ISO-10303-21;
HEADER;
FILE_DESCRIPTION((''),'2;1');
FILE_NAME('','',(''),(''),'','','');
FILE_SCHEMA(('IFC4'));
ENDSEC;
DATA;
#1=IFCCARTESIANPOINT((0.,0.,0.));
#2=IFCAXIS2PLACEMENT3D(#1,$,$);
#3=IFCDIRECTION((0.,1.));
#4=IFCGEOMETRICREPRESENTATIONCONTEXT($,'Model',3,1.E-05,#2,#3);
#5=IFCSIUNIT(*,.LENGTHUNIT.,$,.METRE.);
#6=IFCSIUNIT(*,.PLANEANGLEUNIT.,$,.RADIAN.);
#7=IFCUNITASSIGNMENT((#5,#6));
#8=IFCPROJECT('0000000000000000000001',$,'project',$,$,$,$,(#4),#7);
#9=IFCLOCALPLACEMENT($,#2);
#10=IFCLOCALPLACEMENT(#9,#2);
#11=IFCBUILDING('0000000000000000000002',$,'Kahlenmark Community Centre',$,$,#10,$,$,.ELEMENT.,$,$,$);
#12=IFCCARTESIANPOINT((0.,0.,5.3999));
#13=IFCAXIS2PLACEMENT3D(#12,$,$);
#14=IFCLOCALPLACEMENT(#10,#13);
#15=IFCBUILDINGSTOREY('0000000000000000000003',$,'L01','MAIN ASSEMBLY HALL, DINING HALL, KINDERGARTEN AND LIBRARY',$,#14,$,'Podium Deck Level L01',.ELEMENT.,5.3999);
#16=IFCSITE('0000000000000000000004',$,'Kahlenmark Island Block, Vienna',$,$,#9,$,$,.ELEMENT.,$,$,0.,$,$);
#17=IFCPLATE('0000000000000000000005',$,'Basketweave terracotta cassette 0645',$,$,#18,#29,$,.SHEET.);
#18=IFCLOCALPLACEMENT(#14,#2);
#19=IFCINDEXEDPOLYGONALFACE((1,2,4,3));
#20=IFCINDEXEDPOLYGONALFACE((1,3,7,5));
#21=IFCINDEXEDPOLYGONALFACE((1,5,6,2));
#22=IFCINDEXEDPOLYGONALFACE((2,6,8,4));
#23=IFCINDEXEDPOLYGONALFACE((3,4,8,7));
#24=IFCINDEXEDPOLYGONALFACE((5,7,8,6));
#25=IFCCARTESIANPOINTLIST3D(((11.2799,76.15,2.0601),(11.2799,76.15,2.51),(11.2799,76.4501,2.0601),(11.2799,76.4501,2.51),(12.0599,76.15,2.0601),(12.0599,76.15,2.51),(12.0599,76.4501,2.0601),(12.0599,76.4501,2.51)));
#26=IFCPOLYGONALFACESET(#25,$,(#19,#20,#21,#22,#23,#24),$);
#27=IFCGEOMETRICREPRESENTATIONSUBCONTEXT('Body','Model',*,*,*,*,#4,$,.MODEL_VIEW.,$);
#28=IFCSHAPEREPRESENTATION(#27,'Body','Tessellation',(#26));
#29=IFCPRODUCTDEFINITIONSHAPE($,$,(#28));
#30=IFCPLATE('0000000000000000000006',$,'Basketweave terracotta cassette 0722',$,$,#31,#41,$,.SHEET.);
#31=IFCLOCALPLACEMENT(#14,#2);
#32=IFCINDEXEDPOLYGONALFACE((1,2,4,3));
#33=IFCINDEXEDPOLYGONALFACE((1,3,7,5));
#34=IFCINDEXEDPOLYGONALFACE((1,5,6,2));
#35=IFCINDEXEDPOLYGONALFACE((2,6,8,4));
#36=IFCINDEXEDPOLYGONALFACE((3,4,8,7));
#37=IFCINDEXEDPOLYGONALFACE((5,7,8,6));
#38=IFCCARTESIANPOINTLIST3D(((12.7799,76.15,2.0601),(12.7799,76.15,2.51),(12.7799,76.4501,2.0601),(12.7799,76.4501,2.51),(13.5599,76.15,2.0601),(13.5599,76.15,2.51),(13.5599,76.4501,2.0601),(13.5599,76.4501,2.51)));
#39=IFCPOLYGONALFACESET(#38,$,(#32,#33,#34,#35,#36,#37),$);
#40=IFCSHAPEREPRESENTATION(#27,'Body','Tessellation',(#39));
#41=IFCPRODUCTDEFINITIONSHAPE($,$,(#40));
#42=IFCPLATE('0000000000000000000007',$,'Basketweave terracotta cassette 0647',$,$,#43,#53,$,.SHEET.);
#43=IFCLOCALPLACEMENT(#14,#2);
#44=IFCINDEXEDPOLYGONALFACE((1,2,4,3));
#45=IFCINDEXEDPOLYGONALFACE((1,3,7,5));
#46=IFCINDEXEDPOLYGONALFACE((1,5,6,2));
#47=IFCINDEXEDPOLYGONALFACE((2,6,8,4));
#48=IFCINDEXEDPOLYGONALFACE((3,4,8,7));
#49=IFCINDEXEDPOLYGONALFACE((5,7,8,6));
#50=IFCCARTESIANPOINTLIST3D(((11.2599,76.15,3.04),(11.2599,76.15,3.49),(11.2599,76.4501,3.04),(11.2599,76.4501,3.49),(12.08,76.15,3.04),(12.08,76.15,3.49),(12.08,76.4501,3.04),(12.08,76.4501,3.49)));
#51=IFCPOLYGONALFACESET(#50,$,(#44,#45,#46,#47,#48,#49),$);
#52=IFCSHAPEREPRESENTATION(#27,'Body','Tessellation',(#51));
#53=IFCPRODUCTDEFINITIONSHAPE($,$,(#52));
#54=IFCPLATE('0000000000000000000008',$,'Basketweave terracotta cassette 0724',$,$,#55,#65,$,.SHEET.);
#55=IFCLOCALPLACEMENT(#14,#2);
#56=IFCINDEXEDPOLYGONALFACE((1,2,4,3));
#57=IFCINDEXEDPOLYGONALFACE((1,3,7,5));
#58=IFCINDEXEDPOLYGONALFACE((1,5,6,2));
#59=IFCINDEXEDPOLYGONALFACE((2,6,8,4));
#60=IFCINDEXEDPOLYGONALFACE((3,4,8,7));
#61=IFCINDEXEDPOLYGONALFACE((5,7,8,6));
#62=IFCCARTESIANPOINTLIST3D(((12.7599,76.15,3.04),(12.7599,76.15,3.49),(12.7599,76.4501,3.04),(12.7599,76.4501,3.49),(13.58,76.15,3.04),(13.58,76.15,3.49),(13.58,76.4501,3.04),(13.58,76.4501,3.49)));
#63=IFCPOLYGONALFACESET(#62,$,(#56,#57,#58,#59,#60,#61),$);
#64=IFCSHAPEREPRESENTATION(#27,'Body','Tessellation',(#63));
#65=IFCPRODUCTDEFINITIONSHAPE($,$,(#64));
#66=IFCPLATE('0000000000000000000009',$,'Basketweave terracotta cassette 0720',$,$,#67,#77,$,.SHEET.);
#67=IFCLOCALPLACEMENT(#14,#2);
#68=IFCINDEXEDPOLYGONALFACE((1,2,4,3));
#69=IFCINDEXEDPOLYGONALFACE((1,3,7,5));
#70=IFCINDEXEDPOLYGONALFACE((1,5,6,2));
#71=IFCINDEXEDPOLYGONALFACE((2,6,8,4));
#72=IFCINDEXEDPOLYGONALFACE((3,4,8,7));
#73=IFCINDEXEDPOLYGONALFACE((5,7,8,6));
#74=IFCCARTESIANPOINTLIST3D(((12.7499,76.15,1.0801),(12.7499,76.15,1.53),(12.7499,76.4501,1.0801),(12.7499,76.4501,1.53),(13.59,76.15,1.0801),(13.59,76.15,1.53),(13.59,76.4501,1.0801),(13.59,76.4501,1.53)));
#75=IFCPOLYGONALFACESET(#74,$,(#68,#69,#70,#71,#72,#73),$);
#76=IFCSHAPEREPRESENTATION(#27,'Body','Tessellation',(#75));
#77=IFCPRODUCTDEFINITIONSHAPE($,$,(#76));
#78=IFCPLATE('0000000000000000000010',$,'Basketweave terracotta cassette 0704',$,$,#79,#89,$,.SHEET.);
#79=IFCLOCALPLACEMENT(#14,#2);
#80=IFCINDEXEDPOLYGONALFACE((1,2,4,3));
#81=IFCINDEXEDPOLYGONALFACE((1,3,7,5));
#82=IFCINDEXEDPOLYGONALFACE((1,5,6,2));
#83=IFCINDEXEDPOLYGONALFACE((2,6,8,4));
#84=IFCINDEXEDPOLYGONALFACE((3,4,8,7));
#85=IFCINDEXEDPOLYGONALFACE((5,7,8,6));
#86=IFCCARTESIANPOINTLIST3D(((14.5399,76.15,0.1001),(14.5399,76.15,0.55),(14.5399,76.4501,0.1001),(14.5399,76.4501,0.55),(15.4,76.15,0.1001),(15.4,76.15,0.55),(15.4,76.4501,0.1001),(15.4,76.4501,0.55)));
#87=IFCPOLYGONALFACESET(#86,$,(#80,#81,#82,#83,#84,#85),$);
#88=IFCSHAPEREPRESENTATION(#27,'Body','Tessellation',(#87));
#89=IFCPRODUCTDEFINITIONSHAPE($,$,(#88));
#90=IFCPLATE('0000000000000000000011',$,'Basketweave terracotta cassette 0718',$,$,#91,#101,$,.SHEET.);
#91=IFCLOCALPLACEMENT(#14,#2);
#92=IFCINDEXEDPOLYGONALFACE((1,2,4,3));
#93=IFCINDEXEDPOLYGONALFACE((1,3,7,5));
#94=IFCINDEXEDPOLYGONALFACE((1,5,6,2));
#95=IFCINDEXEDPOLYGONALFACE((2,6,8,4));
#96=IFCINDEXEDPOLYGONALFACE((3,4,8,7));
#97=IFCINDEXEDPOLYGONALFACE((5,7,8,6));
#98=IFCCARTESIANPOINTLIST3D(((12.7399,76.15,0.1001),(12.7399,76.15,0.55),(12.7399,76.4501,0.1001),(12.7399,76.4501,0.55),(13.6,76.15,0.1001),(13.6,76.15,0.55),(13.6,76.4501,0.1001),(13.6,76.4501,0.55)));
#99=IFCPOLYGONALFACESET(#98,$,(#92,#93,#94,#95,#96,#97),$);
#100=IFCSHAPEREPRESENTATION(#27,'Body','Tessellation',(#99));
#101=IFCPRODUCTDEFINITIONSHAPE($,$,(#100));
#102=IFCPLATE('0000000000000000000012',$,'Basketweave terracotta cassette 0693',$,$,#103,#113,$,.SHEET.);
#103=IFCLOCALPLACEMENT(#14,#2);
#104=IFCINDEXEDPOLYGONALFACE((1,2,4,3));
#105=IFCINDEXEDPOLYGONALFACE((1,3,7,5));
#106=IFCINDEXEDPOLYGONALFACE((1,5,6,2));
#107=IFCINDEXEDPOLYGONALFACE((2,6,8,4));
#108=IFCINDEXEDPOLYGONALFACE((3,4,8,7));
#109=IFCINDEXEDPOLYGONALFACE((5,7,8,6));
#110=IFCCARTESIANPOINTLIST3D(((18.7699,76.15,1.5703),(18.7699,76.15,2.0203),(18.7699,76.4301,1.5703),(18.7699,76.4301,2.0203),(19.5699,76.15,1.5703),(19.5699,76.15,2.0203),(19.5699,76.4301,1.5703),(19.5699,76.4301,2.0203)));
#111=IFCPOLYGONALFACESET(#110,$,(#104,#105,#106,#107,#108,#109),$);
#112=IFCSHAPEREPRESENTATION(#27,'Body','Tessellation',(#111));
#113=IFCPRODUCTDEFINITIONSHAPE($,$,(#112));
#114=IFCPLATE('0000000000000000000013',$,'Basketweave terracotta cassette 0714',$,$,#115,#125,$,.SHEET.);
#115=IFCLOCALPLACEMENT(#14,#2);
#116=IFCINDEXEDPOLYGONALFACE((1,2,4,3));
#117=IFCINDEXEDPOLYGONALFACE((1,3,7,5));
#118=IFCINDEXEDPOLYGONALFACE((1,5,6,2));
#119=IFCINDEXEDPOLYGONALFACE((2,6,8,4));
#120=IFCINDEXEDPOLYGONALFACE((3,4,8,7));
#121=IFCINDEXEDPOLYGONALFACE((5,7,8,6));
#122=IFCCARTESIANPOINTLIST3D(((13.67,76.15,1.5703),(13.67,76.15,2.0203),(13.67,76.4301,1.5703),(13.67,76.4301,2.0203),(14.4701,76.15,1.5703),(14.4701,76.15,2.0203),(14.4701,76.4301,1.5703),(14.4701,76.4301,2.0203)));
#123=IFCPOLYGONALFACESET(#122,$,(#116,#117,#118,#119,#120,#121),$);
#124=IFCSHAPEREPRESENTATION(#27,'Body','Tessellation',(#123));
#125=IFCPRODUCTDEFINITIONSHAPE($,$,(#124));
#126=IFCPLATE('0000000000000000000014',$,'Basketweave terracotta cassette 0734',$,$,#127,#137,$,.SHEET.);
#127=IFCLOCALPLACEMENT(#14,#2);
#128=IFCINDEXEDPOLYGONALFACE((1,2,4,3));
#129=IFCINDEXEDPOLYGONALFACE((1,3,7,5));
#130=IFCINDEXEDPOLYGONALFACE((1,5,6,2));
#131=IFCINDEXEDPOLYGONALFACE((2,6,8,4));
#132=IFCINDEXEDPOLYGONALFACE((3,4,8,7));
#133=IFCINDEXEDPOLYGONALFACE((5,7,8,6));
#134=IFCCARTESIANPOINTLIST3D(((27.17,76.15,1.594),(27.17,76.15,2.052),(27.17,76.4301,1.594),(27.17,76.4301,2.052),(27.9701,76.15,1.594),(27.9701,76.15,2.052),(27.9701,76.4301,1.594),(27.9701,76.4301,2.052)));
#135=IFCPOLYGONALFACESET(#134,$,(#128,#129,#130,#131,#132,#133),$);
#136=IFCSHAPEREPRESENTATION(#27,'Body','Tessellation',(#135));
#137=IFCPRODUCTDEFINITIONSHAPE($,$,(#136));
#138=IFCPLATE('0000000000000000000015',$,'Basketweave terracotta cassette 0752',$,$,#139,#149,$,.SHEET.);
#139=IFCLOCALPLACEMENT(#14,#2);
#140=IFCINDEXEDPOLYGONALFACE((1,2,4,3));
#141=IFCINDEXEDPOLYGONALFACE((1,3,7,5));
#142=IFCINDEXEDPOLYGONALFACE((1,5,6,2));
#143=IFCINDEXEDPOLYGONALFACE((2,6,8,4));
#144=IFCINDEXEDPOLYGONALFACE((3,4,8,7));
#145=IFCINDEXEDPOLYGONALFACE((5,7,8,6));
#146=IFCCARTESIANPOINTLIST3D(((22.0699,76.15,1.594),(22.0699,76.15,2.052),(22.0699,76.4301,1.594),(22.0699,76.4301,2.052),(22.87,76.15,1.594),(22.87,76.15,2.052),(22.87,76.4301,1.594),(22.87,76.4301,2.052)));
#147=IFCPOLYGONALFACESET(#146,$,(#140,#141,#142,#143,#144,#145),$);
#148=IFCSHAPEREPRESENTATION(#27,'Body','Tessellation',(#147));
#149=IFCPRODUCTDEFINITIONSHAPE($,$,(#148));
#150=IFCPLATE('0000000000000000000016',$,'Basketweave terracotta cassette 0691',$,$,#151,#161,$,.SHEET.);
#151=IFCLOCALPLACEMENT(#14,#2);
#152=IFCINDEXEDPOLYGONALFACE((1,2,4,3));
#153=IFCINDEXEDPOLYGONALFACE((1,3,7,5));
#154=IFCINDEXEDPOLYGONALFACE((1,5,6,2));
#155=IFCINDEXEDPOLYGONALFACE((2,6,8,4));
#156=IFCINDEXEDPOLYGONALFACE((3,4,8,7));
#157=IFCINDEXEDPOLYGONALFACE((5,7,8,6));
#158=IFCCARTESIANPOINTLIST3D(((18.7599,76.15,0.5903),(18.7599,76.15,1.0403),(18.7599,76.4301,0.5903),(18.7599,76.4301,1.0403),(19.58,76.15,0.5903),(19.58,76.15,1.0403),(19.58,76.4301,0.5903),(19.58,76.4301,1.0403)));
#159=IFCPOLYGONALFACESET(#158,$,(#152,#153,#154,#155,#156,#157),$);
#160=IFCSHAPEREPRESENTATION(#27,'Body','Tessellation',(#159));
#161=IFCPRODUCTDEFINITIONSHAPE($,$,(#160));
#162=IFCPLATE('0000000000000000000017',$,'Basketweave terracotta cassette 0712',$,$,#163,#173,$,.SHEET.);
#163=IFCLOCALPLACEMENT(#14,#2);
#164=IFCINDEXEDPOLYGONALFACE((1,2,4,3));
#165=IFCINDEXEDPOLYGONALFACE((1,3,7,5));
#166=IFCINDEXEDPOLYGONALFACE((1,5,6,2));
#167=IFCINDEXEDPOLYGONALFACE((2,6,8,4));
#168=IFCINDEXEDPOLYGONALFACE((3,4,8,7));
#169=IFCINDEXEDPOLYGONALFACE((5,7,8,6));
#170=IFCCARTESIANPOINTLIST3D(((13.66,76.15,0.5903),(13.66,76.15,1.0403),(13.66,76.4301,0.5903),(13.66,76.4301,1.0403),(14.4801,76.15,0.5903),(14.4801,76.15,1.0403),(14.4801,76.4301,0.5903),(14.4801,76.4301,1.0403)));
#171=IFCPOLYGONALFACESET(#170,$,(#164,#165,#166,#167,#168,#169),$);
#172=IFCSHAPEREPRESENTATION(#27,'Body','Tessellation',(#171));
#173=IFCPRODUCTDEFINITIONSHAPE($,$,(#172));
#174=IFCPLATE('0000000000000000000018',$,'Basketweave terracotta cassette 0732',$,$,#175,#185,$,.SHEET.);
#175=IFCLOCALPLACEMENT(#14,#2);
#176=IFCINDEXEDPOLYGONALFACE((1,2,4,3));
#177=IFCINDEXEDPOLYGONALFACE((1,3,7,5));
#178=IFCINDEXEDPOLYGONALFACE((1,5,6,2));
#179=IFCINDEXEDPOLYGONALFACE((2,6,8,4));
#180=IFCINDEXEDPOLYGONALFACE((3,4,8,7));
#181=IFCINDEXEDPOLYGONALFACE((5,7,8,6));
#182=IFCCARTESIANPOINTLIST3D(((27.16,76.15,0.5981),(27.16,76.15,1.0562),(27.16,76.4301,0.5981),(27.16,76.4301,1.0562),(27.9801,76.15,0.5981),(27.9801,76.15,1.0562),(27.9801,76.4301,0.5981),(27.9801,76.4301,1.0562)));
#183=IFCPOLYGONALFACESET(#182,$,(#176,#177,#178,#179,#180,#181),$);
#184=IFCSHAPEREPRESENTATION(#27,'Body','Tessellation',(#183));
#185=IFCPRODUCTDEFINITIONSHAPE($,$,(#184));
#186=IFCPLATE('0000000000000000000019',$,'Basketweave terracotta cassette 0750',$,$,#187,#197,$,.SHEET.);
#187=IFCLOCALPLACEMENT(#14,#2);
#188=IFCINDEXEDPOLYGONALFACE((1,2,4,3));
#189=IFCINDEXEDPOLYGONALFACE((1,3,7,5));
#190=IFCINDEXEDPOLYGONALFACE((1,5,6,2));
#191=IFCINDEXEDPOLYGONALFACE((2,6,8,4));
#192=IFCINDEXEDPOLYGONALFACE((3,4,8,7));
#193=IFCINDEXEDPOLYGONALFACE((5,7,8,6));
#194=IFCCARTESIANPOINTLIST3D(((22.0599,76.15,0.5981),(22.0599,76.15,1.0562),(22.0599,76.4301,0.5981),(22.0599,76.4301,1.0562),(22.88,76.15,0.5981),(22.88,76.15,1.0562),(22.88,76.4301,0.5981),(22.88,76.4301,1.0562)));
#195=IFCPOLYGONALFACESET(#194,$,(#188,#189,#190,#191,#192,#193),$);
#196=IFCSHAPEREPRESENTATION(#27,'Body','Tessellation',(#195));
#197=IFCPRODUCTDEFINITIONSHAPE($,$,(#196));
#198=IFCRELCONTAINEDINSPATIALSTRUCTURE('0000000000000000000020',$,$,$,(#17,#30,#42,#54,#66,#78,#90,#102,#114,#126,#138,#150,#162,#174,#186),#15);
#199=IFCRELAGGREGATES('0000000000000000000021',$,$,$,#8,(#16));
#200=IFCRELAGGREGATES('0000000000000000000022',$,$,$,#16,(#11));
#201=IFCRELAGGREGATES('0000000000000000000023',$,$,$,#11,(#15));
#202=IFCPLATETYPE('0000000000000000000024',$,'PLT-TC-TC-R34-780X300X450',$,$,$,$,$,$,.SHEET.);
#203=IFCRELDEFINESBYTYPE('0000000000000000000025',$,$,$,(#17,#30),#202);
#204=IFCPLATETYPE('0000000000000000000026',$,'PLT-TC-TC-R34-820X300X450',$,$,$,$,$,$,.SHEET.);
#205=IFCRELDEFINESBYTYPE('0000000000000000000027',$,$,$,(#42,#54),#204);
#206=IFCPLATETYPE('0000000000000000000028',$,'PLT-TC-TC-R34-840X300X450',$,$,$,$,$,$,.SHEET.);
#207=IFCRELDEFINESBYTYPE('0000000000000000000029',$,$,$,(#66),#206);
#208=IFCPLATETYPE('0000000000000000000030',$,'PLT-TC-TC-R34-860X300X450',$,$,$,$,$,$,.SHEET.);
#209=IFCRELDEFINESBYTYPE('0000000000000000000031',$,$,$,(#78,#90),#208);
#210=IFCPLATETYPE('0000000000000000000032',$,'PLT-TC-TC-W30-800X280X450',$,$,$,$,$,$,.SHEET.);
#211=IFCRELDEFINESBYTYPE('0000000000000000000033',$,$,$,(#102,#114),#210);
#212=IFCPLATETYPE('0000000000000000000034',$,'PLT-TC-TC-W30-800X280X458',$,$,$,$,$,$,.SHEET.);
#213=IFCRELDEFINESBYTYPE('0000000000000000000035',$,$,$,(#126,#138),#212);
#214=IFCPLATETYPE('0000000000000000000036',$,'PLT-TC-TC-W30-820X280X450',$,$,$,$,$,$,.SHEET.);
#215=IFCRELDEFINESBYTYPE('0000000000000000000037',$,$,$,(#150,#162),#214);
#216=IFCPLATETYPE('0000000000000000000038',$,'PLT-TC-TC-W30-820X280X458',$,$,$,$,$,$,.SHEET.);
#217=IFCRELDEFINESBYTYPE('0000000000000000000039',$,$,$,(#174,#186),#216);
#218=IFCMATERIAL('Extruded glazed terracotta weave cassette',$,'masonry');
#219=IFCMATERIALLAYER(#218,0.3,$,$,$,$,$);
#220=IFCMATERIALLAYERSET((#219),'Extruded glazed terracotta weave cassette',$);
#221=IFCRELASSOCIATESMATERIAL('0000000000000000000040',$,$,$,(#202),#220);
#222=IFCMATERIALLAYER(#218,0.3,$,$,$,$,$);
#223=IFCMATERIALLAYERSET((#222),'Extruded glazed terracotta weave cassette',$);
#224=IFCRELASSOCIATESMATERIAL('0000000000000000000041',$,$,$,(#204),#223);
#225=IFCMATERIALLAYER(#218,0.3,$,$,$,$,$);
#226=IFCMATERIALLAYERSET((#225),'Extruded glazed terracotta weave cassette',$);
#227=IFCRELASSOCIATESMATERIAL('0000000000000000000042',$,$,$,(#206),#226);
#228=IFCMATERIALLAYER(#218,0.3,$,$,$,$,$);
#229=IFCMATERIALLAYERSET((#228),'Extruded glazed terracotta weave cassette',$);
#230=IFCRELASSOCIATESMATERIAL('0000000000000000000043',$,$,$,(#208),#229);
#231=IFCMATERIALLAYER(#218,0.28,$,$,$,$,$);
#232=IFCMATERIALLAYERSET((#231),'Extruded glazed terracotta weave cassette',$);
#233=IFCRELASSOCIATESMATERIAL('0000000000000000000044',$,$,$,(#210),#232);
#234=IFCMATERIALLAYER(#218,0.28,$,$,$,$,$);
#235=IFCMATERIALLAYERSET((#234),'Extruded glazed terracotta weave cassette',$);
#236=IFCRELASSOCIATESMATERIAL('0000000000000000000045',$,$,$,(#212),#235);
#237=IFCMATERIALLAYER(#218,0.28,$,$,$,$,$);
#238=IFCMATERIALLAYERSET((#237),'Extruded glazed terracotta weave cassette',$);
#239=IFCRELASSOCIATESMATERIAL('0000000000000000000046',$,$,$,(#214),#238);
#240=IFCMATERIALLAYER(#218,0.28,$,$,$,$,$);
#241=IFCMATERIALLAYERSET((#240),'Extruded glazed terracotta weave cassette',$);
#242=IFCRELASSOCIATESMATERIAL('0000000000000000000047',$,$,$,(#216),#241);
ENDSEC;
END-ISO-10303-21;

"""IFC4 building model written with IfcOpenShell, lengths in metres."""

from ifc_helpers import new_model, si_unit, direction, frame, origin, origin_2d, place, context, subcontext, project, spatial, rectangle, extrude, material, layer, layer_set, type_object, element, save


model = new_model("IFC4")

# Units and contexts
model_context = context("Model", 3, precision=1e-05, world=origin(), true_north=direction((0.0, 1.0)))
body_context = subcontext(model_context, "Body", "Model", "MODEL_VIEW")
ifc_project = project(units=[si_unit("LENGTHUNIT", "METRE"), si_unit("PLANEANGLEUNIT", "RADIAN")], contexts=[model_context])

# Site, building, storey
site_placement = place(None, origin())
site = spatial("IfcSite", under=ifc_project, at=site_placement, Name="Kahlenmark Island Block, Vienna", CompositionType="ELEMENT", RefElevation=0.0)
building_placement = place(site_placement, origin())
building = spatial("IfcBuilding", under=site, at=building_placement, Name="Kahlenmark Community Centre", CompositionType="ELEMENT")
storey_placement = place(building_placement, frame((0.0, 0.0, 5.3999)))
storey = spatial("IfcBuildingStorey", under=building, at=storey_placement, Name="L01", Description="MAIN ASSEMBLY HALL, DINING HALL, KINDERGARTEN AND LIBRARY", LongName="Podium Deck Level L01", CompositionType="ELEMENT", Elevation=5.3999)

# Plates
ifc_material_1 = material(Name="Extruded glazed terracotta weave cassette", Category="masonry")
ifc_layer_1 = layer(ifc_material_1, 0.3)
ifc_layer_set_1 = layer_set([ifc_layer_1], Name="Extruded glazed terracotta weave cassette")
plate_type_1 = type_object("IfcPlateType", Name="PLT-TC-TC-R34-780X300X450", PredefinedType="SHEET", material=ifc_layer_set_1)
for number, where, z_axis, x_axis, name in (
    (1, (11.6699, 76.3, 2.0601), (0.0, 0.0, 1.0), (-1.0, 0.0, 0.0), "Basketweave terracotta cassette 0645"),
    (2, (13.1699, 76.3, 2.0601), (0.0, 0.0, 1.0), (-1.0, 0.0, 0.0), "Basketweave terracotta cassette 0722"),
):
    element("IfcPlate", number, at=place(storey_placement, frame(where, z_axis=z_axis, x_axis=x_axis)), inside=storey, type_object=plate_type_1, Name=name, PredefinedType="SHEET", context=body_context, shape_type="SweptSolid", body=[
        extrude(rectangle(XDim=0.78, YDim=0.3, at=origin_2d()), origin(), (0.0, 0.0, 1.0), 0.45),
    ])
ifc_layer_2 = layer(ifc_material_1, 0.3)
ifc_layer_set_2 = layer_set([ifc_layer_2], Name="Extruded glazed terracotta weave cassette")
plate_type_2 = type_object("IfcPlateType", Name="PLT-TC-TC-R34-820X300X450", PredefinedType="SHEET", material=ifc_layer_set_2)
for number, where, z_axis, x_axis, name in (
    (3, (11.6699, 76.3, 3.04), (0.0, 0.0, 1.0), (-1.0, 0.0, 0.0), "Basketweave terracotta cassette 0647"),
    (4, (13.1699, 76.3, 3.04), (0.0, 0.0, 1.0), (-1.0, 0.0, 0.0), "Basketweave terracotta cassette 0724"),
):
    element("IfcPlate", number, at=place(storey_placement, frame(where, z_axis=z_axis, x_axis=x_axis)), inside=storey, type_object=plate_type_2, Name=name, PredefinedType="SHEET", context=body_context, shape_type="SweptSolid", body=[
        extrude(rectangle(XDim=0.8201, YDim=0.3, at=origin_2d()), origin(), (0.0, 0.0, 1.0), 0.45),
    ])
ifc_layer_3 = layer(ifc_material_1, 0.3)
ifc_layer_set_3 = layer_set([ifc_layer_3], Name="Extruded glazed terracotta weave cassette")
plate_type_3 = type_object("IfcPlateType", Name="PLT-TC-TC-R34-840X300X450", PredefinedType="SHEET", material=ifc_layer_set_3)
plate_placement = place(storey_placement, frame((13.1699, 76.3, 1.0801), z_axis=(0.0, 0.0, 1.0), x_axis=(-1.0, 0.0, 0.0)))
element("IfcPlate", 5, at=plate_placement, inside=storey, type_object=plate_type_3, Name="Basketweave terracotta cassette 0720", PredefinedType="SHEET", context=body_context, shape_type="SweptSolid", body=[
    extrude(rectangle(XDim=0.8401, YDim=0.3, at=origin_2d()), origin(), (0.0, 0.0, 1.0), 0.45),
])
ifc_layer_4 = layer(ifc_material_1, 0.3)
ifc_layer_set_4 = layer_set([ifc_layer_4], Name="Extruded glazed terracotta weave cassette")
plate_type_4 = type_object("IfcPlateType", Name="PLT-TC-TC-R34-860X300X450", PredefinedType="SHEET", material=ifc_layer_set_4)
for number, where, z_axis, x_axis, name in (
    (6, (14.97, 76.3, 0.1001), (0.0, 0.0, 1.0), (-1.0, 0.0, 0.0), "Basketweave terracotta cassette 0704"),
    (7, (13.1699, 76.3, 0.1001), (0.0, 0.0, 1.0), (-1.0, 0.0, 0.0), "Basketweave terracotta cassette 0718"),
):
    element("IfcPlate", number, at=place(storey_placement, frame(where, z_axis=z_axis, x_axis=x_axis)), inside=storey, type_object=plate_type_4, Name=name, PredefinedType="SHEET", context=body_context, shape_type="SweptSolid", body=[
        extrude(rectangle(XDim=0.8601, YDim=0.3, at=origin_2d()), origin(), (0.0, 0.0, 1.0), 0.45),
    ])
ifc_layer_5 = layer(ifc_material_1, 0.28)
ifc_layer_set_5 = layer_set([ifc_layer_5], Name="Extruded glazed terracotta weave cassette")
plate_type_5 = type_object("IfcPlateType", Name="PLT-TC-TC-W30-800X280X450", PredefinedType="SHEET", material=ifc_layer_set_5)
for number, where, z_axis, x_axis, name in (
    (8, (19.1699, 76.29, 1.5703), (0.0, 0.0, 1.0), (-1.0, 0.0, 0.0), "Basketweave terracotta cassette 0693"),
    (9, (14.0701, 76.29, 1.5703), (0.0, 0.0, 1.0), (-1.0, 0.0, 0.0), "Basketweave terracotta cassette 0714"),
):
    element("IfcPlate", number, at=place(storey_placement, frame(where, z_axis=z_axis, x_axis=x_axis)), inside=storey, type_object=plate_type_5, Name=name, PredefinedType="SHEET", context=body_context, shape_type="SweptSolid", body=[
        extrude(rectangle(XDim=0.8, YDim=0.28, at=origin_2d()), origin(), (0.0, 0.0, 1.0), 0.45),
    ])
ifc_layer_6 = layer(ifc_material_1, 0.28)
ifc_layer_set_6 = layer_set([ifc_layer_6], Name="Extruded glazed terracotta weave cassette")
plate_type_6 = type_object("IfcPlateType", Name="PLT-TC-TC-W30-800X280X458", PredefinedType="SHEET", material=ifc_layer_set_6)
for number, where, z_axis, x_axis, name in (
    (10, (27.5701, 76.29, 1.594), (0.0, 0.0, 1.0), (-1.0, 0.0, 0.0), "Basketweave terracotta cassette 0734"),
    (11, (22.47, 76.29, 1.594), (0.0, 0.0, 1.0), (-1.0, 0.0, 0.0), "Basketweave terracotta cassette 0752"),
):
    element("IfcPlate", number, at=place(storey_placement, frame(where, z_axis=z_axis, x_axis=x_axis)), inside=storey, type_object=plate_type_6, Name=name, PredefinedType="SHEET", context=body_context, shape_type="SweptSolid", body=[
        extrude(rectangle(XDim=0.8, YDim=0.28, at=origin_2d()), origin(), (0.0, 0.0, 1.0), 0.458),
    ])
ifc_layer_7 = layer(ifc_material_1, 0.28)
ifc_layer_set_7 = layer_set([ifc_layer_7], Name="Extruded glazed terracotta weave cassette")
plate_type_7 = type_object("IfcPlateType", Name="PLT-TC-TC-W30-820X280X450", PredefinedType="SHEET", material=ifc_layer_set_7)
for number, where, z_axis, x_axis, name in (
    (12, (19.1699, 76.29, 0.5903), (0.0, 0.0, 1.0), (-1.0, 0.0, 0.0), "Basketweave terracotta cassette 0691"),
    (13, (14.0701, 76.29, 0.5903), (0.0, 0.0, 1.0), (-1.0, 0.0, 0.0), "Basketweave terracotta cassette 0712"),
):
    element("IfcPlate", number, at=place(storey_placement, frame(where, z_axis=z_axis, x_axis=x_axis)), inside=storey, type_object=plate_type_7, Name=name, PredefinedType="SHEET", context=body_context, shape_type="SweptSolid", body=[
        extrude(rectangle(XDim=0.8201, YDim=0.28, at=origin_2d()), origin(), (0.0, 0.0, 1.0), 0.45),
    ])
ifc_layer_8 = layer(ifc_material_1, 0.28)
ifc_layer_set_8 = layer_set([ifc_layer_8], Name="Extruded glazed terracotta weave cassette")
plate_type_8 = type_object("IfcPlateType", Name="PLT-TC-TC-W30-820X280X458", PredefinedType="SHEET", material=ifc_layer_set_8)
for number, where, z_axis, x_axis, name in (
    (14, (27.5701, 76.29, 0.5981), (0.0, 0.0, 1.0), (-1.0, 0.0, 0.0), "Basketweave terracotta cassette 0732"),
    (15, (22.47, 76.29, 0.5981), (0.0, 0.0, 1.0), (-1.0, 0.0, 0.0), "Basketweave terracotta cassette 0750"),
):
    element("IfcPlate", number, at=place(storey_placement, frame(where, z_axis=z_axis, x_axis=x_axis)), inside=storey, type_object=plate_type_8, Name=name, PredefinedType="SHEET", context=body_context, shape_type="SweptSolid", body=[
        extrude(rectangle(XDim=0.8201, YDim=0.28, at=origin_2d()), origin(), (0.0, 0.0, 1.0), 0.458),
    ])

save(model, "model.ifc")
